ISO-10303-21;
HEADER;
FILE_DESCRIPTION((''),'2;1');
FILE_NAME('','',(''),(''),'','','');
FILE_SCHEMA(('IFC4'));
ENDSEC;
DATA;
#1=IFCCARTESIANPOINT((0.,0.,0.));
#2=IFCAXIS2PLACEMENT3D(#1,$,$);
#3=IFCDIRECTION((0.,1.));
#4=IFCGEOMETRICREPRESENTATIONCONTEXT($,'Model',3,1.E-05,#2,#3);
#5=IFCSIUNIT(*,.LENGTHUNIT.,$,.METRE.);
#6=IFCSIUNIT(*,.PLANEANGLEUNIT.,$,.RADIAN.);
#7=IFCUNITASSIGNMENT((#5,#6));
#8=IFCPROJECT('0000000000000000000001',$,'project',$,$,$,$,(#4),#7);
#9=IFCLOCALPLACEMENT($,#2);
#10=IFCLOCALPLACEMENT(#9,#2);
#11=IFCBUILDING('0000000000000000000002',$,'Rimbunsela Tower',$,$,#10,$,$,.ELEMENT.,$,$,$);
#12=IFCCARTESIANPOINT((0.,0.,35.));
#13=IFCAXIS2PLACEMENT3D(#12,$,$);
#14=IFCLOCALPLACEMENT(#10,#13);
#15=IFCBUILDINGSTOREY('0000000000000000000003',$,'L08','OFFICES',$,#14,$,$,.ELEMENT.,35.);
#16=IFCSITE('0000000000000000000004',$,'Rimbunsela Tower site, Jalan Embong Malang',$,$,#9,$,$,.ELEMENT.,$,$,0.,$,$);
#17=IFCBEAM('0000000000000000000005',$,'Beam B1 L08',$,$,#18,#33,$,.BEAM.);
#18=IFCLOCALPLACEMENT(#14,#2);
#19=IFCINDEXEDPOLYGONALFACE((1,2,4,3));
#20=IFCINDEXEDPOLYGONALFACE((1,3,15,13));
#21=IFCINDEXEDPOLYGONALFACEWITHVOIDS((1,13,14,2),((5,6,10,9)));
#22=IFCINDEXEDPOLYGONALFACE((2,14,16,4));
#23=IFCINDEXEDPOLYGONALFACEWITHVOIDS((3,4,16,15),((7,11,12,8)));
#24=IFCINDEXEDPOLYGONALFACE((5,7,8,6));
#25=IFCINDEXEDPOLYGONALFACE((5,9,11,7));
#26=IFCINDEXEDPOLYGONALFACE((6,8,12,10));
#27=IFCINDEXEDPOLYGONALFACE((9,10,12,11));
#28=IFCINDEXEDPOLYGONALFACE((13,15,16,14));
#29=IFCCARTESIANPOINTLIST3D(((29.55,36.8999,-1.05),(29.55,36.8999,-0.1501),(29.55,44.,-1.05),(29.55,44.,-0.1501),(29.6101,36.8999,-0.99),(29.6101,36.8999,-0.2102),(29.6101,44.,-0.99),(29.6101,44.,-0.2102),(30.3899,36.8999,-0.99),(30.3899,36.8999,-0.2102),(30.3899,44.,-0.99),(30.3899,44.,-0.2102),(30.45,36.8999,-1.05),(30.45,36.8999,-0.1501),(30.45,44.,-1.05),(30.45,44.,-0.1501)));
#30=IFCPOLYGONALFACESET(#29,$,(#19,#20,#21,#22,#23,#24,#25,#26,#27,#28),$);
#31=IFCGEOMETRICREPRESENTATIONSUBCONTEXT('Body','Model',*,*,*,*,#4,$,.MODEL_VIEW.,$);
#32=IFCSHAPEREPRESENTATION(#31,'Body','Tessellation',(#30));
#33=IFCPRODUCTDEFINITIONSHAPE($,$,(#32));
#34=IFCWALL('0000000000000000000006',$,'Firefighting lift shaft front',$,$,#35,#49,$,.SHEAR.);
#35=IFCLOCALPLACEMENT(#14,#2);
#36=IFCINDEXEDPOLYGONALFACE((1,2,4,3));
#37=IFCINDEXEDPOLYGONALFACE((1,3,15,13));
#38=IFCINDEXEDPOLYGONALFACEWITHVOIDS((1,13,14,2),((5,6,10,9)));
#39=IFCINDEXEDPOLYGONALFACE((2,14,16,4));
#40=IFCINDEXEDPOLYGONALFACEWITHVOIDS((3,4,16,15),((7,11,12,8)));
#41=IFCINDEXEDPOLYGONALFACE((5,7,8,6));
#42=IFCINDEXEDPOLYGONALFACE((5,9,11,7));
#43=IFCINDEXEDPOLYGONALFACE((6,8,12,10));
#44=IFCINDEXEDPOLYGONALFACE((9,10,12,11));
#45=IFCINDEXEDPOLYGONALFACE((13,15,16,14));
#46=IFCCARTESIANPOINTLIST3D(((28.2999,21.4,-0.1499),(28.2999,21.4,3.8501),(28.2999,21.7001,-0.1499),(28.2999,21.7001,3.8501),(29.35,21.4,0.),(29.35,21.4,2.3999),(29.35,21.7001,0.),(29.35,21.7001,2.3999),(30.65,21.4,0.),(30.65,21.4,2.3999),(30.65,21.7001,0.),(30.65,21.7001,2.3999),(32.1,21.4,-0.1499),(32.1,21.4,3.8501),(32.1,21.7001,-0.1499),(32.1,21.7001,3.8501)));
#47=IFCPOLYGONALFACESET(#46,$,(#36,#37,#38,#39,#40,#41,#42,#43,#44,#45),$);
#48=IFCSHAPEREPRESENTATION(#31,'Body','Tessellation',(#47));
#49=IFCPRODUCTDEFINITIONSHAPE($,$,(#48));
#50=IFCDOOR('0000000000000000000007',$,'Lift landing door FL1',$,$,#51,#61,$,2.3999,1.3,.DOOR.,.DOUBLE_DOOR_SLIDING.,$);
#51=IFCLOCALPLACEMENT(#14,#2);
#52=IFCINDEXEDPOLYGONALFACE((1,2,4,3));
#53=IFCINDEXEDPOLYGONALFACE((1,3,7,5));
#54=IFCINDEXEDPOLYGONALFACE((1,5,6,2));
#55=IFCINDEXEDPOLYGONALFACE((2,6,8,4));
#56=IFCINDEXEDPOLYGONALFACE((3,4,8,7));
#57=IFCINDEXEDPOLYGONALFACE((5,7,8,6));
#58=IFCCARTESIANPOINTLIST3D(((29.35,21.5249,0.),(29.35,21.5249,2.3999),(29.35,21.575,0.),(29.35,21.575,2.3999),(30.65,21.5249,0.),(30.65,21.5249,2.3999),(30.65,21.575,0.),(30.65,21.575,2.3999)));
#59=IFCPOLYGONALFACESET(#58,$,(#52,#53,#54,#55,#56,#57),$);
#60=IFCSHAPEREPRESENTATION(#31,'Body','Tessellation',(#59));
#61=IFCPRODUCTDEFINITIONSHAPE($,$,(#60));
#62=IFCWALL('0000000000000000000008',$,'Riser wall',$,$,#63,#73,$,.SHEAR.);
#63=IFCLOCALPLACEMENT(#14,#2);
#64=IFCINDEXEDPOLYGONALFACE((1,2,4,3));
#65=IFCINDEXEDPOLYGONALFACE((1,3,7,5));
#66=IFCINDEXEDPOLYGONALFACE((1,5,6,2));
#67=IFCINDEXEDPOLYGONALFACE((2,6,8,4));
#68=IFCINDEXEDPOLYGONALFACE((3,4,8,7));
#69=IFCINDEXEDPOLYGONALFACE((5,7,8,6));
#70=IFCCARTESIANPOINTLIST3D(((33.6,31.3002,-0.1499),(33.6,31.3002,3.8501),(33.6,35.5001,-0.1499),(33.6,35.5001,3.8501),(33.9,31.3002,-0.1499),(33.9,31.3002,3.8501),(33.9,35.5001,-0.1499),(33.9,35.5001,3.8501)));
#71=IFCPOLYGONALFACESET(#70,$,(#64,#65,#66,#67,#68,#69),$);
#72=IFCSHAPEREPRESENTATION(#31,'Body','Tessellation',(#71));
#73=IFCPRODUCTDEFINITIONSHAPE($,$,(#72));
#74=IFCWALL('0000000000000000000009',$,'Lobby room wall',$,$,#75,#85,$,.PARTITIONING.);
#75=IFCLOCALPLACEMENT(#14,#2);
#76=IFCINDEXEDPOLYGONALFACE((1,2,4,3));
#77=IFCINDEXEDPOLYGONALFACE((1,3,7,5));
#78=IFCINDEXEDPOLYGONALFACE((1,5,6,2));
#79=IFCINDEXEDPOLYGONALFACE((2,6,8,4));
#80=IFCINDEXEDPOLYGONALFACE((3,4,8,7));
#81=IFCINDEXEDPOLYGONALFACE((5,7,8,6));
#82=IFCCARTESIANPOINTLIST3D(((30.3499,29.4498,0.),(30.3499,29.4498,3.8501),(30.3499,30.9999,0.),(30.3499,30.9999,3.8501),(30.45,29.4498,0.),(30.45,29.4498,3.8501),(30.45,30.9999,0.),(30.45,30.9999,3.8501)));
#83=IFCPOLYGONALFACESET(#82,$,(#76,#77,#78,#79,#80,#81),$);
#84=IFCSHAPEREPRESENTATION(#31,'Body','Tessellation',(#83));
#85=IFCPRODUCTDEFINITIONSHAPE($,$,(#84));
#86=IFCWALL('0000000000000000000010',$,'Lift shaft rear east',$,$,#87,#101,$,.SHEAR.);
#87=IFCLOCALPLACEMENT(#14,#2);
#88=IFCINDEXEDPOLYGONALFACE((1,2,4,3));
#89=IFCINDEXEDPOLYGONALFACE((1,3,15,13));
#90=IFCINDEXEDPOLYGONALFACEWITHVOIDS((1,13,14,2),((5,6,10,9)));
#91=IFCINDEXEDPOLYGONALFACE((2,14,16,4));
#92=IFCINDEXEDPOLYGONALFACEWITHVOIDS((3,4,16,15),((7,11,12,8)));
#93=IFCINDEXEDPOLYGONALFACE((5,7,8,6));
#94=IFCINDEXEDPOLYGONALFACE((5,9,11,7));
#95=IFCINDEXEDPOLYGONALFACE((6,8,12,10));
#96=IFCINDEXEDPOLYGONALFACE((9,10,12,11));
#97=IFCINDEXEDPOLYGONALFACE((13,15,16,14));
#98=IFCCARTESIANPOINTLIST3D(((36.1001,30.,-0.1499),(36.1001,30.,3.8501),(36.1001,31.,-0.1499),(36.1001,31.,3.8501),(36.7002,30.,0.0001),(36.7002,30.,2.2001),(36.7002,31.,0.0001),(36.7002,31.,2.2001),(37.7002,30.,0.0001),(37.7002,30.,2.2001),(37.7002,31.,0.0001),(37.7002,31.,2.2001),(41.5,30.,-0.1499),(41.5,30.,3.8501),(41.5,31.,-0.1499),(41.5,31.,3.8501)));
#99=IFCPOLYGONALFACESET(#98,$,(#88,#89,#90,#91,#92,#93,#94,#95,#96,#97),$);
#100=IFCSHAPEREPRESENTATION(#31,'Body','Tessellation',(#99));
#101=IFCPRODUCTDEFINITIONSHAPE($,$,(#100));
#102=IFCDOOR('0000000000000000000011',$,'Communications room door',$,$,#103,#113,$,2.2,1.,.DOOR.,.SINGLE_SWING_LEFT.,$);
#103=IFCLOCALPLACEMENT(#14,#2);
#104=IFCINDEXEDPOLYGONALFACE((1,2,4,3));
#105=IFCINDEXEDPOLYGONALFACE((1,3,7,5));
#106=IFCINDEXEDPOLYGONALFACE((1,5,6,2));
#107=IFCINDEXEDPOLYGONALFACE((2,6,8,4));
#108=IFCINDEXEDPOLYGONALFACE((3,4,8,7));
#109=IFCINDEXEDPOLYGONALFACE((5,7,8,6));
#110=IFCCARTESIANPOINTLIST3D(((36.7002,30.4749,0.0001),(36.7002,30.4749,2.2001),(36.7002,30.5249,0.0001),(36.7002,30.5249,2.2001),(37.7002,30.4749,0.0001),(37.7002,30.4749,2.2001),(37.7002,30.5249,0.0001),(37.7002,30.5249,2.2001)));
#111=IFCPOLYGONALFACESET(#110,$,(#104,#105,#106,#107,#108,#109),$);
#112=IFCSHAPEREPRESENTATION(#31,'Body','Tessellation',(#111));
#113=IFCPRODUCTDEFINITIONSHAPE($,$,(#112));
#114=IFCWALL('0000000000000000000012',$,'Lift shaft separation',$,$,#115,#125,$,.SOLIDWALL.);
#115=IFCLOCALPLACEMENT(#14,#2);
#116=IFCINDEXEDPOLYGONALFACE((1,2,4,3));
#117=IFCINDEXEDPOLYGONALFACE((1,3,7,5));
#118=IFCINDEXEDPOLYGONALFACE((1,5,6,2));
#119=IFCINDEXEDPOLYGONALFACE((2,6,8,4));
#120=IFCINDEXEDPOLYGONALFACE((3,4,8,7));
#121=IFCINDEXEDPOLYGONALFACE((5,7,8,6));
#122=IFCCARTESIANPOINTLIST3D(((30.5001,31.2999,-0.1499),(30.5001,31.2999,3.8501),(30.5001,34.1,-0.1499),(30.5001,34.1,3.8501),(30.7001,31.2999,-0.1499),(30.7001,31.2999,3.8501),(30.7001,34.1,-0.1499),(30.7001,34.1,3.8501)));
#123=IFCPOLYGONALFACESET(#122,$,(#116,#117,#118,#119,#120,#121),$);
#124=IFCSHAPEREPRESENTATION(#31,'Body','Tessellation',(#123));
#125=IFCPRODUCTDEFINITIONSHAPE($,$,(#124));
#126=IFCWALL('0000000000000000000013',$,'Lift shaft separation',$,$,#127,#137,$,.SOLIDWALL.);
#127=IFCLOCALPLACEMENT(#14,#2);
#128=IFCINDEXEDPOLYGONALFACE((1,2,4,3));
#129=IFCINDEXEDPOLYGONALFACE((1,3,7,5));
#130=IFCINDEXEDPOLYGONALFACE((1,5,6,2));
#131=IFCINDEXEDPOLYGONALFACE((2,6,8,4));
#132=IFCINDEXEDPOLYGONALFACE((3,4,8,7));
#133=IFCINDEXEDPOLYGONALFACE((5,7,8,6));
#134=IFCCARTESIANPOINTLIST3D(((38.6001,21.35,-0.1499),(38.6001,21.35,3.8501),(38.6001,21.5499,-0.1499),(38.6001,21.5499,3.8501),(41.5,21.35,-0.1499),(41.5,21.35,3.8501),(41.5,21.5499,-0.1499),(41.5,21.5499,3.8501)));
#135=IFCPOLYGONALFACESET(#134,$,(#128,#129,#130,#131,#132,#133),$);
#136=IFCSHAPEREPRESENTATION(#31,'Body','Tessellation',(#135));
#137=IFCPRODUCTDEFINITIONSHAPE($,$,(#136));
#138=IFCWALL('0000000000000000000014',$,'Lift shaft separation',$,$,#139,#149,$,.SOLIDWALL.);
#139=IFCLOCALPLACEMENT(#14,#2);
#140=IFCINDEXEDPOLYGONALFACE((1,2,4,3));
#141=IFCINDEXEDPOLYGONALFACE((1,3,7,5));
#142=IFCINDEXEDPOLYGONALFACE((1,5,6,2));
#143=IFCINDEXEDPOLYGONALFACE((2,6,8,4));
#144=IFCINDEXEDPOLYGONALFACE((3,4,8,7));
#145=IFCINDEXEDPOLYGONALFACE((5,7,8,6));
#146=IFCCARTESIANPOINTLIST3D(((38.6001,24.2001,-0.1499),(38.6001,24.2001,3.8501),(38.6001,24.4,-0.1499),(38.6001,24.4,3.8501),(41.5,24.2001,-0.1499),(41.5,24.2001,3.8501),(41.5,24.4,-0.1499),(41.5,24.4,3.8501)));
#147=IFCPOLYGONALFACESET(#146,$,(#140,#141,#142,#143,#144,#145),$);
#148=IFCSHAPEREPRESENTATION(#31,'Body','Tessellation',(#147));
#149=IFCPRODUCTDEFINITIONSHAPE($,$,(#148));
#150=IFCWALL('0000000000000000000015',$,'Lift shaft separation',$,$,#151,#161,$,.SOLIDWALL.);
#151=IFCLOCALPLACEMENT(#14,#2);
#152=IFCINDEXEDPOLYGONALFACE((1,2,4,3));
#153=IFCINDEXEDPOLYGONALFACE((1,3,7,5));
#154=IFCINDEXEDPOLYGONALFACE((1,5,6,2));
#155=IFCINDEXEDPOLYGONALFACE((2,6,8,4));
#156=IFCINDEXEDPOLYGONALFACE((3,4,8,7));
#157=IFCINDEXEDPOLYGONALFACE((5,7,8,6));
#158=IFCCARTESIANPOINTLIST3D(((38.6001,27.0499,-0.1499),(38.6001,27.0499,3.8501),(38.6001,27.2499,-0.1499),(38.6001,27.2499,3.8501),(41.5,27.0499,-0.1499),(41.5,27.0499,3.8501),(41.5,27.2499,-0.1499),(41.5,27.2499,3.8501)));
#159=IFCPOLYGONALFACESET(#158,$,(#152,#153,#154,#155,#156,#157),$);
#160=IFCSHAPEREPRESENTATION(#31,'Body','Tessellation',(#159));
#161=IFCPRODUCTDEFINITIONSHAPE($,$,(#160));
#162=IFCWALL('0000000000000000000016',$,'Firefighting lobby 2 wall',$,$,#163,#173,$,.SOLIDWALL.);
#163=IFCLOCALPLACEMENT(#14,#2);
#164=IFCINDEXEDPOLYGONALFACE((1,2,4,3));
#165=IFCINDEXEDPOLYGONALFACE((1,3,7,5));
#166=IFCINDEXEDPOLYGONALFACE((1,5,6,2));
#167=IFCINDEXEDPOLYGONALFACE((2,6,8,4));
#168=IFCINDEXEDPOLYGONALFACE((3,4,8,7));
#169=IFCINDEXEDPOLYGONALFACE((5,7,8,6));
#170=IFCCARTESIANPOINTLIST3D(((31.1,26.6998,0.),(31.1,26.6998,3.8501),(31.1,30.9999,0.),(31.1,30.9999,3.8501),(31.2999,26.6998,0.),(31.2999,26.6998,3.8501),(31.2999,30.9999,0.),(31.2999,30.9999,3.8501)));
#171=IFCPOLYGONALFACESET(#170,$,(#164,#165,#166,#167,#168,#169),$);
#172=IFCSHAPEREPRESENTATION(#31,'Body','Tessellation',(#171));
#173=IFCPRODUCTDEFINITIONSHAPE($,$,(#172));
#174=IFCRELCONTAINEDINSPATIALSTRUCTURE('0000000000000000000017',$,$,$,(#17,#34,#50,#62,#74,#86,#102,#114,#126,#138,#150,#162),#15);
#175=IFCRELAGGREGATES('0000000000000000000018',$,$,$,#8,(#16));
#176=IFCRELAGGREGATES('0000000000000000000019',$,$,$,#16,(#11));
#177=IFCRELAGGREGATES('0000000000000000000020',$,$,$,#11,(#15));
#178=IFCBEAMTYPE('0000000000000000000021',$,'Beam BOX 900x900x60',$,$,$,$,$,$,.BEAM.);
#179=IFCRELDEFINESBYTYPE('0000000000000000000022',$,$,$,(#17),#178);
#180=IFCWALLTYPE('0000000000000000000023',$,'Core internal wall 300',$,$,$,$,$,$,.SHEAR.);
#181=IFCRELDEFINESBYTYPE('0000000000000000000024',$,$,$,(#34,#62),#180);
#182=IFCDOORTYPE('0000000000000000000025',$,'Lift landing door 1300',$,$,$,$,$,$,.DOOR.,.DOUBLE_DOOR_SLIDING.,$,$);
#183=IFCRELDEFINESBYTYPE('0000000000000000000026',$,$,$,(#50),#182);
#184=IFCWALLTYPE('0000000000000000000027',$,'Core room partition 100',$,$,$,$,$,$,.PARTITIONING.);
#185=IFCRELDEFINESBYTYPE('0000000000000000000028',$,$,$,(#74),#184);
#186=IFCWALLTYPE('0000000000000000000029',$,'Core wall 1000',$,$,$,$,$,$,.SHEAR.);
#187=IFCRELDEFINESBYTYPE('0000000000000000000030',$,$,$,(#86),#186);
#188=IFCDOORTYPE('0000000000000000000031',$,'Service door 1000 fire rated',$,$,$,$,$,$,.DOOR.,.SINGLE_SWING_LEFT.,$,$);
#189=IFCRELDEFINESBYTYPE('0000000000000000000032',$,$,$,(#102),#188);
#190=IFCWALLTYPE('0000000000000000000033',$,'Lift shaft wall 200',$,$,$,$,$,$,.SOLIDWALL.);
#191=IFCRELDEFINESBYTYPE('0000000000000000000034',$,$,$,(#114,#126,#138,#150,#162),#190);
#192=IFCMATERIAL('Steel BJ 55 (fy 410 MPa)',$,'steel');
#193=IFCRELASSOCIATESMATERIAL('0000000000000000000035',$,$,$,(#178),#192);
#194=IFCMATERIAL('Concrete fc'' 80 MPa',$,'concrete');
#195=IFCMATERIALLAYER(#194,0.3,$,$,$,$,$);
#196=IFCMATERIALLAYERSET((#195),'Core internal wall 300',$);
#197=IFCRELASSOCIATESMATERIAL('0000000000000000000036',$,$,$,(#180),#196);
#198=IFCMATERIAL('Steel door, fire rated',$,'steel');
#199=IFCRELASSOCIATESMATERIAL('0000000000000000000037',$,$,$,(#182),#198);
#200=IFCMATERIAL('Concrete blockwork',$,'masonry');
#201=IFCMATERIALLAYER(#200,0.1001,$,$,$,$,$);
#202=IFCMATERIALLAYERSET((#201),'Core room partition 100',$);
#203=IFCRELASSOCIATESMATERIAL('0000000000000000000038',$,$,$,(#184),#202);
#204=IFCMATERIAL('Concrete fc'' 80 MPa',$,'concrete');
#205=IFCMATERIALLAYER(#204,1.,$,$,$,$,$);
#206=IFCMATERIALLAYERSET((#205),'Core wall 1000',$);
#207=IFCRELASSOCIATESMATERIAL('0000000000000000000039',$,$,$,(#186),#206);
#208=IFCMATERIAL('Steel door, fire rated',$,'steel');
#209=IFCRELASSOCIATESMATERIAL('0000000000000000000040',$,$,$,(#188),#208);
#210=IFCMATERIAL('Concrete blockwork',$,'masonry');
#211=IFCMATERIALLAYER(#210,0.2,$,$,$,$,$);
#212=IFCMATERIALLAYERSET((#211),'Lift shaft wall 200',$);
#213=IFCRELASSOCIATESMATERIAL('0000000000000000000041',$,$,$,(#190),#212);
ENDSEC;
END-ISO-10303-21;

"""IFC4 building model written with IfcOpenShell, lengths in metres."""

from ifc_helpers import new_model, si_unit, direction, frame, frame_2d, origin, origin_2d, place, context, subcontext, project, spatial, rectangle, hollow_rectangle, extrude, material, layer, layer_set, material_profile, profile_set, type_object, element, fill, save


model = new_model("IFC4")

# Units and contexts
model_context = context("Model", 3, precision=1e-05, world=origin(), true_north=direction((0.0, 1.0)))
body_context = subcontext(model_context, "Body", "Model", "MODEL_VIEW")
ifc_project = project(units=[si_unit("LENGTHUNIT", "METRE"), si_unit("PLANEANGLEUNIT", "RADIAN")], contexts=[model_context])

# Site, building, storey
site_placement = place(None, origin())
site = spatial("IfcSite", under=ifc_project, at=site_placement, Name="Rimbunsela Tower site, Jalan Embong Malang", CompositionType="ELEMENT", RefElevation=0.0)
building_placement = place(site_placement, origin())
building = spatial("IfcBuilding", under=site, at=building_placement, Name="Rimbunsela Tower", CompositionType="ELEMENT")
storey_placement = place(building_placement, frame((0.0, 0.0, 35.0)))
storey = spatial("IfcBuildingStorey", under=building, at=storey_placement, Name="L08", Description="OFFICES", CompositionType="ELEMENT", Elevation=35.0)

# Beam
ifc_material_1 = material(Name="Steel BJ 55 (fy 410 MPa)", Category="steel")
ifc_material_profile = material_profile(ifc_material_1, hollow_rectangle(XDim=0.8999, YDim=0.8999, WallThickness=0.0601, at=origin_2d()), Name="BOX 900x900x60")
ifc_profile_set = profile_set([ifc_material_profile], Name="Steel BJ 55 (fy 410 MPa)")
beam_type = type_object("IfcBeamType", Name="Beam BOX 900x900x60", PredefinedType="BEAM", material=ifc_profile_set)
beam_placement = place(storey_placement, frame((30.0, 36.8999, -0.6001), z_axis=(0.0, 1.0, 0.0), x_axis=(-1.0, 0.0, 0.0)))
element("IfcBeam", 1, at=beam_placement, inside=storey, type_object=beam_type, Name="Beam B1 L08", PredefinedType="BEAM", context=body_context, shape_type="SweptSolid", body=[
    extrude(hollow_rectangle(XDim=0.8999, YDim=0.8999, WallThickness=0.0601, at=origin_2d()), origin(), (0.0, 0.0, 1.0), 7.1001),
])

# Wall, opening, door
ifc_material_2 = material(Name="Concrete fc' 80 MPa", Category="concrete")
ifc_layer_1 = layer(ifc_material_2, 0.3)
ifc_layer_set_1 = layer_set([ifc_layer_1], Name="Core internal wall 300")
wall_type_1 = type_object("IfcWallType", Name="Core internal wall 300", PredefinedType="SHEAR", material=ifc_layer_set_1)
wall_1_placement = place(storey_placement, frame((28.3, 21.55, -0.1499), z_axis=(0.0, 0.0, 1.0), x_axis=(1.0, 0.0, 0.0)))
wall_1 = element("IfcWall", 2, at=wall_1_placement, inside=storey, type_object=wall_type_1, Name="Firefighting lift shaft front", PredefinedType="SHEAR", context=body_context, shape_type="SweptSolid", body=[
    extrude(rectangle(XDim=3.8, YDim=0.3, at=frame_2d((1.8999, 0.0))), origin(), (0.0, 0.0, 1.0), 4.0),
])
opening_1_placement = place(wall_1_placement, frame((1.05, 0.0, 0.1499)))
opening_1 = element("IfcOpeningElement", 3, at=opening_1_placement, cuts=wall_1, PredefinedType="OPENING", context=body_context, shape_type="SweptSolid", body=[
    extrude(rectangle(XDim=1.3, YDim=2.3999, at=frame_2d((0.6499, 1.2))), frame((0.0, 0.1599, 0.0), z_axis=(0.0, -1.0, 0.0), x_axis=(1.0, 0.0, 0.0)), (0.0, 0.0, 1.0), 0.3201),
])
ifc_material_3 = material(Name="Steel door, fire rated", Category="steel")
door_type_1 = type_object("IfcDoorType", Name="Lift landing door 1300", OperationType="DOUBLE_DOOR_SLIDING", PredefinedType="DOOR", material=ifc_material_3)
door_1_placement = place(opening_1_placement, origin())
door_1 = element("IfcDoor", 4, at=door_1_placement, inside=storey, type_object=door_type_1, Name="Lift landing door FL1", OperationType="DOUBLE_DOOR_SLIDING", OverallHeight=2.3999, OverallWidth=1.3, PredefinedType="DOOR", context=body_context, shape_type="SweptSolid", body=[
    extrude(rectangle(XDim=1.3, YDim=2.3999, at=frame_2d((0.6499, 1.2))), frame((0.0, 0.0249, 0.0), z_axis=(0.0, -1.0, 0.0), x_axis=(1.0, 0.0, 0.0)), (0.0, 0.0, 1.0), 0.05),
])
fill(opening_1, door_1)

# Walls
wall_2_placement = place(storey_placement, frame((33.75, 31.3, -0.1499), z_axis=(0.0, 0.0, 1.0), x_axis=(0.0, 1.0, 0.0)))
element("IfcWall", 5, at=wall_2_placement, inside=storey, type_object=wall_type_1, Name="Riser wall", PredefinedType="SHEAR", context=body_context, shape_type="SweptSolid", body=[
    extrude(rectangle(XDim=4.2, YDim=0.3, at=frame_2d((2.1001, 0.0))), origin(), (0.0, 0.0, 1.0), 4.0),
])
ifc_material_4 = material(Name="Concrete blockwork", Category="masonry")
ifc_layer_2 = layer(ifc_material_4, 0.1001)
ifc_layer_set_2 = layer_set([ifc_layer_2], Name="Core room partition 100")
wall_type_2 = type_object("IfcWallType", Name="Core room partition 100", PredefinedType="PARTITIONING", material=ifc_layer_set_2)
wall_3_placement = place(storey_placement, frame((30.3999, 29.45, 0.0), z_axis=(0.0, 0.0, 1.0), x_axis=(0.0, 1.0, 0.0)))
element("IfcWall", 6, at=wall_3_placement, inside=storey, type_object=wall_type_2, Name="Lobby room wall", PredefinedType="PARTITIONING", context=body_context, shape_type="SweptSolid", body=[
    extrude(rectangle(XDim=1.55, YDim=0.1001, at=frame_2d((0.7749, 0.0))), origin(), (0.0, 0.0, 1.0), 3.8501),
])

# Wall, opening, door
ifc_material_5 = material(Name="Concrete fc' 80 MPa", Category="concrete")
ifc_layer_3 = layer(ifc_material_5, 1.0)
ifc_layer_set_3 = layer_set([ifc_layer_3], Name="Core wall 1000")
wall_type_3 = type_object("IfcWallType", Name="Core wall 1000", PredefinedType="SHEAR", material=ifc_layer_set_3)
wall_4_placement = place(storey_placement, frame((36.1001, 30.5, -0.1499), z_axis=(0.0, 0.0, 1.0), x_axis=(1.0, 0.0, 0.0)))
wall_4 = element("IfcWall", 7, at=wall_4_placement, inside=storey, type_object=wall_type_3, Name="Lift shaft rear east", PredefinedType="SHEAR", context=body_context, shape_type="SweptSolid", body=[
    extrude(rectangle(XDim=5.3999, YDim=1.0, at=frame_2d((2.7, 0.0))), origin(), (0.0, 0.0, 1.0), 4.0),
])
opening_2_placement = place(wall_4_placement, frame((0.6001, 0.0, 0.1499)))
opening_2 = element("IfcOpeningElement", 8, at=opening_2_placement, cuts=wall_4, PredefinedType="OPENING", context=body_context, shape_type="SweptSolid", body=[
    extrude(rectangle(XDim=1.0, YDim=2.2, at=frame_2d((0.5, 1.1001))), frame((0.0, 0.51, 0.0), z_axis=(0.0, -1.0, 0.0), x_axis=(1.0, 0.0, 0.0)), (0.0, 0.0, 1.0), 1.02),
])
ifc_material_6 = material(Name="Steel door, fire rated", Category="steel")
door_type_2 = type_object("IfcDoorType", Name="Service door 1000 fire rated", OperationType="SINGLE_SWING_LEFT", PredefinedType="DOOR", material=ifc_material_6)
door_2_placement = place(opening_2_placement, origin())
door_2 = element("IfcDoor", 9, at=door_2_placement, inside=storey, type_object=door_type_2, Name="Communications room door", OperationType="SINGLE_SWING_LEFT", OverallHeight=2.2, OverallWidth=1.0, PredefinedType="DOOR", context=body_context, shape_type="SweptSolid", body=[
    extrude(rectangle(XDim=1.0, YDim=2.2, at=frame_2d((0.5, 1.1001))), frame((0.0, 0.0249, 0.0), z_axis=(0.0, -1.0, 0.0), x_axis=(1.0, 0.0, 0.0)), (0.0, 0.0, 1.0), 0.05),
])
fill(opening_2, door_2)

# Walls
ifc_material_7 = material(Name="Concrete blockwork", Category="masonry")
ifc_layer_4 = layer(ifc_material_7, 0.2)
ifc_layer_set_4 = layer_set([ifc_layer_4], Name="Lift shaft wall 200")
wall_type_4 = type_object("IfcWallType", Name="Lift shaft wall 200", PredefinedType="SOLIDWALL", material=ifc_layer_set_4)
wall_5_placement = place(storey_placement, frame((30.6001, 31.3, -0.1499), z_axis=(0.0, 0.0, 1.0), x_axis=(0.0, 1.0, 0.0)))
element("IfcWall", 10, at=wall_5_placement, inside=storey, type_object=wall_type_4, Name="Lift shaft separation", PredefinedType="SOLIDWALL", context=body_context, shape_type="SweptSolid", body=[
    extrude(rectangle(XDim=2.8, YDim=0.2, at=frame_2d((1.3999, 0.0))), origin(), (0.0, 0.0, 1.0), 4.0),
])
for number, where, z_axis, x_axis, name in (
    (11, (38.6001, 21.45, -0.1499), (0.0, 0.0, 1.0), (1.0, 0.0, 0.0), "Lift shaft separation"),
    (12, (38.6001, 24.3, -0.1499), (0.0, 0.0, 1.0), (1.0, 0.0, 0.0), "Lift shaft separation"),
    (13, (38.6001, 27.1499, -0.1499), (0.0, 0.0, 1.0), (1.0, 0.0, 0.0), "Lift shaft separation"),
):
    element("IfcWall", number, at=place(storey_placement, frame(where, z_axis=z_axis, x_axis=x_axis)), inside=storey, type_object=wall_type_4, Name=name, PredefinedType="SOLIDWALL", context=body_context, shape_type="SweptSolid", body=[
        extrude(rectangle(XDim=2.8999, YDim=0.2, at=frame_2d((1.45, 0.0))), origin(), (0.0, 0.0, 1.0), 4.0),
    ])
wall_6_placement = place(storey_placement, frame((31.2, 26.7, 0.0), z_axis=(0.0, 0.0, 1.0), x_axis=(0.0, 1.0, 0.0)))
element("IfcWall", 14, at=wall_6_placement, inside=storey, type_object=wall_type_4, Name="Firefighting lobby 2 wall", PredefinedType="SOLIDWALL", context=body_context, shape_type="SweptSolid", body=[
    extrude(rectangle(XDim=4.3, YDim=0.2, at=frame_2d((2.1499, 0.0))), origin(), (0.0, 0.0, 1.0), 3.8501),
])

save(model, "model.ifc")
